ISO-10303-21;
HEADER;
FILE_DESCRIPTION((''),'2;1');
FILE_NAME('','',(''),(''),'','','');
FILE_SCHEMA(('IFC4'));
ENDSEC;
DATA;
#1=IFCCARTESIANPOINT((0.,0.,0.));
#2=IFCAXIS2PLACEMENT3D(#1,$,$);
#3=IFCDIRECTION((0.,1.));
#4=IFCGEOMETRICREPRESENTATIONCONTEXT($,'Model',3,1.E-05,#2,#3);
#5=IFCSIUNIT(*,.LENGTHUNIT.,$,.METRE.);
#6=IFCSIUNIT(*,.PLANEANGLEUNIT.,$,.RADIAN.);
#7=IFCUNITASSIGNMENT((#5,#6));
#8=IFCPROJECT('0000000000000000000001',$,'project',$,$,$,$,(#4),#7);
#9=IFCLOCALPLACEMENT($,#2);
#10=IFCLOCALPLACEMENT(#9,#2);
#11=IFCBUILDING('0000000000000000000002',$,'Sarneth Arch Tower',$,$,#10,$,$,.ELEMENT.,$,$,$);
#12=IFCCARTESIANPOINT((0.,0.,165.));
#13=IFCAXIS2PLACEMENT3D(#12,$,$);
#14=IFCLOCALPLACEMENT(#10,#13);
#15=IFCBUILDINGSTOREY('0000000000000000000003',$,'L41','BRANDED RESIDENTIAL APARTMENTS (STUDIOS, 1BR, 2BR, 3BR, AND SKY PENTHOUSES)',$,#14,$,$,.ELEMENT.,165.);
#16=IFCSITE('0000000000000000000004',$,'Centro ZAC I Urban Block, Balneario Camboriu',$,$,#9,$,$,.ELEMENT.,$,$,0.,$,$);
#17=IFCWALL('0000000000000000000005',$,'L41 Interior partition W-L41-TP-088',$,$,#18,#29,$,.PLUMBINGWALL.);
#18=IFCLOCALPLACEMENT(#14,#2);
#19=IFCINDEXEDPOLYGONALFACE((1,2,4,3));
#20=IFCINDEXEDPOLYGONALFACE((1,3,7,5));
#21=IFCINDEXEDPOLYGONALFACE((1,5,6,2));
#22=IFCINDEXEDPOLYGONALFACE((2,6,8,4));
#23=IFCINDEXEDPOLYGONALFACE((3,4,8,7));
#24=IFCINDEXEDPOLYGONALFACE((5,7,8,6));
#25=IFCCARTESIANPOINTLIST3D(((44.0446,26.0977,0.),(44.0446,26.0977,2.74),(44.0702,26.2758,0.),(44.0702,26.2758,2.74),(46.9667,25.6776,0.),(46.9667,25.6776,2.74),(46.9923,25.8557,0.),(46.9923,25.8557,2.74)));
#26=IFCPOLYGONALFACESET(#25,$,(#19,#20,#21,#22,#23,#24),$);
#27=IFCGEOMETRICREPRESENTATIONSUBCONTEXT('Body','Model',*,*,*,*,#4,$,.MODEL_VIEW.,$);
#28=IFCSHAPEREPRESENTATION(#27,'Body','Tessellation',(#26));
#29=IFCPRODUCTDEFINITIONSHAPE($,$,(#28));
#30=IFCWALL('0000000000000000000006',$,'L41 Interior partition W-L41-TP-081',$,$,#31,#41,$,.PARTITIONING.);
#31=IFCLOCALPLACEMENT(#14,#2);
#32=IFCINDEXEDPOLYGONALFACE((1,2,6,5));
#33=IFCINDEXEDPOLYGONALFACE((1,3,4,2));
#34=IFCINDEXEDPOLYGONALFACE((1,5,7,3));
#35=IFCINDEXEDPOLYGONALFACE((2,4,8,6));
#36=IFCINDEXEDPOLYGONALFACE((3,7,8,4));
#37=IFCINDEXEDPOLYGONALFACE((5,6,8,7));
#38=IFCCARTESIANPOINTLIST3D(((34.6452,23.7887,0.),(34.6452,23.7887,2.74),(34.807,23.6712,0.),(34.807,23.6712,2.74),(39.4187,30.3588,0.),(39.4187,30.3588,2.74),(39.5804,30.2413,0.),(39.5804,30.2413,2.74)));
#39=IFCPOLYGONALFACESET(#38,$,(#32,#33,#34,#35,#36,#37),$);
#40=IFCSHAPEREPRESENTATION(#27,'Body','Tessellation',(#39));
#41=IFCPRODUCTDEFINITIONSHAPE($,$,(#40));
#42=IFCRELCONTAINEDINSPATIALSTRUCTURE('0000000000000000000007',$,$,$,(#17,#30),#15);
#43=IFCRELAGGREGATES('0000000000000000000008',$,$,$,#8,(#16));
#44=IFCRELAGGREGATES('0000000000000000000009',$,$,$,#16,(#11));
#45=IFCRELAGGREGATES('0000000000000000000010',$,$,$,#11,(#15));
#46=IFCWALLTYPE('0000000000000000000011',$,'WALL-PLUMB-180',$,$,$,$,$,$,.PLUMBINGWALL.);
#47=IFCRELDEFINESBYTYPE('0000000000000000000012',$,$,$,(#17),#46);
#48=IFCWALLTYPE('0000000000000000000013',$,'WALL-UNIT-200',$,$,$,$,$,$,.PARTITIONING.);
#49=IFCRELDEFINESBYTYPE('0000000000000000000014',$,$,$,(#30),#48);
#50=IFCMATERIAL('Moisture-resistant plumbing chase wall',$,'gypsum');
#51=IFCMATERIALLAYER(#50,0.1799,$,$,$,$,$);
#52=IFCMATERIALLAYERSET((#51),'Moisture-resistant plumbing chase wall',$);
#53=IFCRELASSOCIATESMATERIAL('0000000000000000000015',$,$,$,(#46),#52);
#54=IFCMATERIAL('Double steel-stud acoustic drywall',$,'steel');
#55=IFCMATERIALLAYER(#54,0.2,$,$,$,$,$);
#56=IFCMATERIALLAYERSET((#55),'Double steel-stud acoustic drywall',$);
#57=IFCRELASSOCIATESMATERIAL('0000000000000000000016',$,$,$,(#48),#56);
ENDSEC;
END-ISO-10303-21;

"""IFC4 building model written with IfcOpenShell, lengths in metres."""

from ifc_helpers import new_model, si_unit, direction, frame, frame_2d, origin, place, context, subcontext, project, spatial, rectangle, extrude, material, layer, layer_set, type_object, element, save


model = new_model("IFC4")

# Units and contexts
model_context = context("Model", 3, precision=1e-05, world=origin(), true_north=direction((0.0, 1.0)))
body_context = subcontext(model_context, "Body", "Model", "MODEL_VIEW")
ifc_project = project(units=[si_unit("LENGTHUNIT", "METRE"), si_unit("PLANEANGLEUNIT", "RADIAN")], contexts=[model_context])

# Site, building, storey
site_placement = place(None, origin())
site = spatial("IfcSite", under=ifc_project, at=site_placement, Name="Centro ZAC I Urban Block, Balneario Camboriu", CompositionType="ELEMENT", RefElevation=0.0)
building_placement = place(site_placement, origin())
building = spatial("IfcBuilding", under=site, at=building_placement, Name="Sarneth Arch Tower", CompositionType="ELEMENT")
storey_placement = place(building_placement, frame((0.0, 0.0, 165.0)))
storey = spatial("IfcBuildingStorey", under=building, at=storey_placement, Name="L41", Description="BRANDED RESIDENTIAL APARTMENTS (STUDIOS, 1BR, 2BR, 3BR, AND SKY PENTHOUSES)", CompositionType="ELEMENT", Elevation=165.0)

# Walls
ifc_material_1 = material(Name="Moisture-resistant plumbing chase wall", Category="gypsum")
ifc_layer_1 = layer(ifc_material_1, 0.1799)
ifc_layer_set_1 = layer_set([ifc_layer_1], Name="Moisture-resistant plumbing chase wall")
wall_type_1 = type_object("IfcWallType", Name="WALL-PLUMB-180", PredefinedType="PLUMBINGWALL", material=ifc_layer_set_1)
wall_1_placement = place(storey_placement, frame((46.9795, 25.7666, 0.0), z_axis=(0.0, 0.0, 1.0), x_axis=(-0.98982, 0.142324, 0.0)))
element("IfcWall", 1, at=wall_1_placement, inside=storey, type_object=wall_type_1, Name="L41 Interior partition W-L41-TP-088", PredefinedType="PLUMBINGWALL", context=body_context, shape_type="SweptSolid", body=[
    extrude(rectangle(XDim=2.9521, YDim=0.1799, at=frame_2d((1.4761, 0.0))), origin(), (0.0, 0.0, 1.0), 2.74),
])
ifc_material_2 = material(Name="Double steel-stud acoustic drywall", Category="steel")
ifc_layer_2 = layer(ifc_material_2, 0.2)
ifc_layer_set_2 = layer_set([ifc_layer_2], Name="Double steel-stud acoustic drywall")
wall_type_2 = type_object("IfcWallType", Name="WALL-UNIT-200", PredefinedType="PARTITIONING", material=ifc_layer_set_2)
wall_2_placement = place(storey_placement, frame((34.7261, 23.73, 0.0), z_axis=(0.0, 0.0, 1.0), x_axis=(0.587786, 0.809017, 0.0)))
element("IfcWall", 2, at=wall_2_placement, inside=storey, type_object=wall_type_2, Name="L41 Interior partition W-L41-TP-081", PredefinedType="PARTITIONING", context=body_context, shape_type="SweptSolid", body=[
    extrude(rectangle(XDim=8.1211, YDim=0.2, at=frame_2d((4.0605, 0.0))), origin(), (0.0, 0.0, 1.0), 2.74),
])

save(model, "model.ifc")
